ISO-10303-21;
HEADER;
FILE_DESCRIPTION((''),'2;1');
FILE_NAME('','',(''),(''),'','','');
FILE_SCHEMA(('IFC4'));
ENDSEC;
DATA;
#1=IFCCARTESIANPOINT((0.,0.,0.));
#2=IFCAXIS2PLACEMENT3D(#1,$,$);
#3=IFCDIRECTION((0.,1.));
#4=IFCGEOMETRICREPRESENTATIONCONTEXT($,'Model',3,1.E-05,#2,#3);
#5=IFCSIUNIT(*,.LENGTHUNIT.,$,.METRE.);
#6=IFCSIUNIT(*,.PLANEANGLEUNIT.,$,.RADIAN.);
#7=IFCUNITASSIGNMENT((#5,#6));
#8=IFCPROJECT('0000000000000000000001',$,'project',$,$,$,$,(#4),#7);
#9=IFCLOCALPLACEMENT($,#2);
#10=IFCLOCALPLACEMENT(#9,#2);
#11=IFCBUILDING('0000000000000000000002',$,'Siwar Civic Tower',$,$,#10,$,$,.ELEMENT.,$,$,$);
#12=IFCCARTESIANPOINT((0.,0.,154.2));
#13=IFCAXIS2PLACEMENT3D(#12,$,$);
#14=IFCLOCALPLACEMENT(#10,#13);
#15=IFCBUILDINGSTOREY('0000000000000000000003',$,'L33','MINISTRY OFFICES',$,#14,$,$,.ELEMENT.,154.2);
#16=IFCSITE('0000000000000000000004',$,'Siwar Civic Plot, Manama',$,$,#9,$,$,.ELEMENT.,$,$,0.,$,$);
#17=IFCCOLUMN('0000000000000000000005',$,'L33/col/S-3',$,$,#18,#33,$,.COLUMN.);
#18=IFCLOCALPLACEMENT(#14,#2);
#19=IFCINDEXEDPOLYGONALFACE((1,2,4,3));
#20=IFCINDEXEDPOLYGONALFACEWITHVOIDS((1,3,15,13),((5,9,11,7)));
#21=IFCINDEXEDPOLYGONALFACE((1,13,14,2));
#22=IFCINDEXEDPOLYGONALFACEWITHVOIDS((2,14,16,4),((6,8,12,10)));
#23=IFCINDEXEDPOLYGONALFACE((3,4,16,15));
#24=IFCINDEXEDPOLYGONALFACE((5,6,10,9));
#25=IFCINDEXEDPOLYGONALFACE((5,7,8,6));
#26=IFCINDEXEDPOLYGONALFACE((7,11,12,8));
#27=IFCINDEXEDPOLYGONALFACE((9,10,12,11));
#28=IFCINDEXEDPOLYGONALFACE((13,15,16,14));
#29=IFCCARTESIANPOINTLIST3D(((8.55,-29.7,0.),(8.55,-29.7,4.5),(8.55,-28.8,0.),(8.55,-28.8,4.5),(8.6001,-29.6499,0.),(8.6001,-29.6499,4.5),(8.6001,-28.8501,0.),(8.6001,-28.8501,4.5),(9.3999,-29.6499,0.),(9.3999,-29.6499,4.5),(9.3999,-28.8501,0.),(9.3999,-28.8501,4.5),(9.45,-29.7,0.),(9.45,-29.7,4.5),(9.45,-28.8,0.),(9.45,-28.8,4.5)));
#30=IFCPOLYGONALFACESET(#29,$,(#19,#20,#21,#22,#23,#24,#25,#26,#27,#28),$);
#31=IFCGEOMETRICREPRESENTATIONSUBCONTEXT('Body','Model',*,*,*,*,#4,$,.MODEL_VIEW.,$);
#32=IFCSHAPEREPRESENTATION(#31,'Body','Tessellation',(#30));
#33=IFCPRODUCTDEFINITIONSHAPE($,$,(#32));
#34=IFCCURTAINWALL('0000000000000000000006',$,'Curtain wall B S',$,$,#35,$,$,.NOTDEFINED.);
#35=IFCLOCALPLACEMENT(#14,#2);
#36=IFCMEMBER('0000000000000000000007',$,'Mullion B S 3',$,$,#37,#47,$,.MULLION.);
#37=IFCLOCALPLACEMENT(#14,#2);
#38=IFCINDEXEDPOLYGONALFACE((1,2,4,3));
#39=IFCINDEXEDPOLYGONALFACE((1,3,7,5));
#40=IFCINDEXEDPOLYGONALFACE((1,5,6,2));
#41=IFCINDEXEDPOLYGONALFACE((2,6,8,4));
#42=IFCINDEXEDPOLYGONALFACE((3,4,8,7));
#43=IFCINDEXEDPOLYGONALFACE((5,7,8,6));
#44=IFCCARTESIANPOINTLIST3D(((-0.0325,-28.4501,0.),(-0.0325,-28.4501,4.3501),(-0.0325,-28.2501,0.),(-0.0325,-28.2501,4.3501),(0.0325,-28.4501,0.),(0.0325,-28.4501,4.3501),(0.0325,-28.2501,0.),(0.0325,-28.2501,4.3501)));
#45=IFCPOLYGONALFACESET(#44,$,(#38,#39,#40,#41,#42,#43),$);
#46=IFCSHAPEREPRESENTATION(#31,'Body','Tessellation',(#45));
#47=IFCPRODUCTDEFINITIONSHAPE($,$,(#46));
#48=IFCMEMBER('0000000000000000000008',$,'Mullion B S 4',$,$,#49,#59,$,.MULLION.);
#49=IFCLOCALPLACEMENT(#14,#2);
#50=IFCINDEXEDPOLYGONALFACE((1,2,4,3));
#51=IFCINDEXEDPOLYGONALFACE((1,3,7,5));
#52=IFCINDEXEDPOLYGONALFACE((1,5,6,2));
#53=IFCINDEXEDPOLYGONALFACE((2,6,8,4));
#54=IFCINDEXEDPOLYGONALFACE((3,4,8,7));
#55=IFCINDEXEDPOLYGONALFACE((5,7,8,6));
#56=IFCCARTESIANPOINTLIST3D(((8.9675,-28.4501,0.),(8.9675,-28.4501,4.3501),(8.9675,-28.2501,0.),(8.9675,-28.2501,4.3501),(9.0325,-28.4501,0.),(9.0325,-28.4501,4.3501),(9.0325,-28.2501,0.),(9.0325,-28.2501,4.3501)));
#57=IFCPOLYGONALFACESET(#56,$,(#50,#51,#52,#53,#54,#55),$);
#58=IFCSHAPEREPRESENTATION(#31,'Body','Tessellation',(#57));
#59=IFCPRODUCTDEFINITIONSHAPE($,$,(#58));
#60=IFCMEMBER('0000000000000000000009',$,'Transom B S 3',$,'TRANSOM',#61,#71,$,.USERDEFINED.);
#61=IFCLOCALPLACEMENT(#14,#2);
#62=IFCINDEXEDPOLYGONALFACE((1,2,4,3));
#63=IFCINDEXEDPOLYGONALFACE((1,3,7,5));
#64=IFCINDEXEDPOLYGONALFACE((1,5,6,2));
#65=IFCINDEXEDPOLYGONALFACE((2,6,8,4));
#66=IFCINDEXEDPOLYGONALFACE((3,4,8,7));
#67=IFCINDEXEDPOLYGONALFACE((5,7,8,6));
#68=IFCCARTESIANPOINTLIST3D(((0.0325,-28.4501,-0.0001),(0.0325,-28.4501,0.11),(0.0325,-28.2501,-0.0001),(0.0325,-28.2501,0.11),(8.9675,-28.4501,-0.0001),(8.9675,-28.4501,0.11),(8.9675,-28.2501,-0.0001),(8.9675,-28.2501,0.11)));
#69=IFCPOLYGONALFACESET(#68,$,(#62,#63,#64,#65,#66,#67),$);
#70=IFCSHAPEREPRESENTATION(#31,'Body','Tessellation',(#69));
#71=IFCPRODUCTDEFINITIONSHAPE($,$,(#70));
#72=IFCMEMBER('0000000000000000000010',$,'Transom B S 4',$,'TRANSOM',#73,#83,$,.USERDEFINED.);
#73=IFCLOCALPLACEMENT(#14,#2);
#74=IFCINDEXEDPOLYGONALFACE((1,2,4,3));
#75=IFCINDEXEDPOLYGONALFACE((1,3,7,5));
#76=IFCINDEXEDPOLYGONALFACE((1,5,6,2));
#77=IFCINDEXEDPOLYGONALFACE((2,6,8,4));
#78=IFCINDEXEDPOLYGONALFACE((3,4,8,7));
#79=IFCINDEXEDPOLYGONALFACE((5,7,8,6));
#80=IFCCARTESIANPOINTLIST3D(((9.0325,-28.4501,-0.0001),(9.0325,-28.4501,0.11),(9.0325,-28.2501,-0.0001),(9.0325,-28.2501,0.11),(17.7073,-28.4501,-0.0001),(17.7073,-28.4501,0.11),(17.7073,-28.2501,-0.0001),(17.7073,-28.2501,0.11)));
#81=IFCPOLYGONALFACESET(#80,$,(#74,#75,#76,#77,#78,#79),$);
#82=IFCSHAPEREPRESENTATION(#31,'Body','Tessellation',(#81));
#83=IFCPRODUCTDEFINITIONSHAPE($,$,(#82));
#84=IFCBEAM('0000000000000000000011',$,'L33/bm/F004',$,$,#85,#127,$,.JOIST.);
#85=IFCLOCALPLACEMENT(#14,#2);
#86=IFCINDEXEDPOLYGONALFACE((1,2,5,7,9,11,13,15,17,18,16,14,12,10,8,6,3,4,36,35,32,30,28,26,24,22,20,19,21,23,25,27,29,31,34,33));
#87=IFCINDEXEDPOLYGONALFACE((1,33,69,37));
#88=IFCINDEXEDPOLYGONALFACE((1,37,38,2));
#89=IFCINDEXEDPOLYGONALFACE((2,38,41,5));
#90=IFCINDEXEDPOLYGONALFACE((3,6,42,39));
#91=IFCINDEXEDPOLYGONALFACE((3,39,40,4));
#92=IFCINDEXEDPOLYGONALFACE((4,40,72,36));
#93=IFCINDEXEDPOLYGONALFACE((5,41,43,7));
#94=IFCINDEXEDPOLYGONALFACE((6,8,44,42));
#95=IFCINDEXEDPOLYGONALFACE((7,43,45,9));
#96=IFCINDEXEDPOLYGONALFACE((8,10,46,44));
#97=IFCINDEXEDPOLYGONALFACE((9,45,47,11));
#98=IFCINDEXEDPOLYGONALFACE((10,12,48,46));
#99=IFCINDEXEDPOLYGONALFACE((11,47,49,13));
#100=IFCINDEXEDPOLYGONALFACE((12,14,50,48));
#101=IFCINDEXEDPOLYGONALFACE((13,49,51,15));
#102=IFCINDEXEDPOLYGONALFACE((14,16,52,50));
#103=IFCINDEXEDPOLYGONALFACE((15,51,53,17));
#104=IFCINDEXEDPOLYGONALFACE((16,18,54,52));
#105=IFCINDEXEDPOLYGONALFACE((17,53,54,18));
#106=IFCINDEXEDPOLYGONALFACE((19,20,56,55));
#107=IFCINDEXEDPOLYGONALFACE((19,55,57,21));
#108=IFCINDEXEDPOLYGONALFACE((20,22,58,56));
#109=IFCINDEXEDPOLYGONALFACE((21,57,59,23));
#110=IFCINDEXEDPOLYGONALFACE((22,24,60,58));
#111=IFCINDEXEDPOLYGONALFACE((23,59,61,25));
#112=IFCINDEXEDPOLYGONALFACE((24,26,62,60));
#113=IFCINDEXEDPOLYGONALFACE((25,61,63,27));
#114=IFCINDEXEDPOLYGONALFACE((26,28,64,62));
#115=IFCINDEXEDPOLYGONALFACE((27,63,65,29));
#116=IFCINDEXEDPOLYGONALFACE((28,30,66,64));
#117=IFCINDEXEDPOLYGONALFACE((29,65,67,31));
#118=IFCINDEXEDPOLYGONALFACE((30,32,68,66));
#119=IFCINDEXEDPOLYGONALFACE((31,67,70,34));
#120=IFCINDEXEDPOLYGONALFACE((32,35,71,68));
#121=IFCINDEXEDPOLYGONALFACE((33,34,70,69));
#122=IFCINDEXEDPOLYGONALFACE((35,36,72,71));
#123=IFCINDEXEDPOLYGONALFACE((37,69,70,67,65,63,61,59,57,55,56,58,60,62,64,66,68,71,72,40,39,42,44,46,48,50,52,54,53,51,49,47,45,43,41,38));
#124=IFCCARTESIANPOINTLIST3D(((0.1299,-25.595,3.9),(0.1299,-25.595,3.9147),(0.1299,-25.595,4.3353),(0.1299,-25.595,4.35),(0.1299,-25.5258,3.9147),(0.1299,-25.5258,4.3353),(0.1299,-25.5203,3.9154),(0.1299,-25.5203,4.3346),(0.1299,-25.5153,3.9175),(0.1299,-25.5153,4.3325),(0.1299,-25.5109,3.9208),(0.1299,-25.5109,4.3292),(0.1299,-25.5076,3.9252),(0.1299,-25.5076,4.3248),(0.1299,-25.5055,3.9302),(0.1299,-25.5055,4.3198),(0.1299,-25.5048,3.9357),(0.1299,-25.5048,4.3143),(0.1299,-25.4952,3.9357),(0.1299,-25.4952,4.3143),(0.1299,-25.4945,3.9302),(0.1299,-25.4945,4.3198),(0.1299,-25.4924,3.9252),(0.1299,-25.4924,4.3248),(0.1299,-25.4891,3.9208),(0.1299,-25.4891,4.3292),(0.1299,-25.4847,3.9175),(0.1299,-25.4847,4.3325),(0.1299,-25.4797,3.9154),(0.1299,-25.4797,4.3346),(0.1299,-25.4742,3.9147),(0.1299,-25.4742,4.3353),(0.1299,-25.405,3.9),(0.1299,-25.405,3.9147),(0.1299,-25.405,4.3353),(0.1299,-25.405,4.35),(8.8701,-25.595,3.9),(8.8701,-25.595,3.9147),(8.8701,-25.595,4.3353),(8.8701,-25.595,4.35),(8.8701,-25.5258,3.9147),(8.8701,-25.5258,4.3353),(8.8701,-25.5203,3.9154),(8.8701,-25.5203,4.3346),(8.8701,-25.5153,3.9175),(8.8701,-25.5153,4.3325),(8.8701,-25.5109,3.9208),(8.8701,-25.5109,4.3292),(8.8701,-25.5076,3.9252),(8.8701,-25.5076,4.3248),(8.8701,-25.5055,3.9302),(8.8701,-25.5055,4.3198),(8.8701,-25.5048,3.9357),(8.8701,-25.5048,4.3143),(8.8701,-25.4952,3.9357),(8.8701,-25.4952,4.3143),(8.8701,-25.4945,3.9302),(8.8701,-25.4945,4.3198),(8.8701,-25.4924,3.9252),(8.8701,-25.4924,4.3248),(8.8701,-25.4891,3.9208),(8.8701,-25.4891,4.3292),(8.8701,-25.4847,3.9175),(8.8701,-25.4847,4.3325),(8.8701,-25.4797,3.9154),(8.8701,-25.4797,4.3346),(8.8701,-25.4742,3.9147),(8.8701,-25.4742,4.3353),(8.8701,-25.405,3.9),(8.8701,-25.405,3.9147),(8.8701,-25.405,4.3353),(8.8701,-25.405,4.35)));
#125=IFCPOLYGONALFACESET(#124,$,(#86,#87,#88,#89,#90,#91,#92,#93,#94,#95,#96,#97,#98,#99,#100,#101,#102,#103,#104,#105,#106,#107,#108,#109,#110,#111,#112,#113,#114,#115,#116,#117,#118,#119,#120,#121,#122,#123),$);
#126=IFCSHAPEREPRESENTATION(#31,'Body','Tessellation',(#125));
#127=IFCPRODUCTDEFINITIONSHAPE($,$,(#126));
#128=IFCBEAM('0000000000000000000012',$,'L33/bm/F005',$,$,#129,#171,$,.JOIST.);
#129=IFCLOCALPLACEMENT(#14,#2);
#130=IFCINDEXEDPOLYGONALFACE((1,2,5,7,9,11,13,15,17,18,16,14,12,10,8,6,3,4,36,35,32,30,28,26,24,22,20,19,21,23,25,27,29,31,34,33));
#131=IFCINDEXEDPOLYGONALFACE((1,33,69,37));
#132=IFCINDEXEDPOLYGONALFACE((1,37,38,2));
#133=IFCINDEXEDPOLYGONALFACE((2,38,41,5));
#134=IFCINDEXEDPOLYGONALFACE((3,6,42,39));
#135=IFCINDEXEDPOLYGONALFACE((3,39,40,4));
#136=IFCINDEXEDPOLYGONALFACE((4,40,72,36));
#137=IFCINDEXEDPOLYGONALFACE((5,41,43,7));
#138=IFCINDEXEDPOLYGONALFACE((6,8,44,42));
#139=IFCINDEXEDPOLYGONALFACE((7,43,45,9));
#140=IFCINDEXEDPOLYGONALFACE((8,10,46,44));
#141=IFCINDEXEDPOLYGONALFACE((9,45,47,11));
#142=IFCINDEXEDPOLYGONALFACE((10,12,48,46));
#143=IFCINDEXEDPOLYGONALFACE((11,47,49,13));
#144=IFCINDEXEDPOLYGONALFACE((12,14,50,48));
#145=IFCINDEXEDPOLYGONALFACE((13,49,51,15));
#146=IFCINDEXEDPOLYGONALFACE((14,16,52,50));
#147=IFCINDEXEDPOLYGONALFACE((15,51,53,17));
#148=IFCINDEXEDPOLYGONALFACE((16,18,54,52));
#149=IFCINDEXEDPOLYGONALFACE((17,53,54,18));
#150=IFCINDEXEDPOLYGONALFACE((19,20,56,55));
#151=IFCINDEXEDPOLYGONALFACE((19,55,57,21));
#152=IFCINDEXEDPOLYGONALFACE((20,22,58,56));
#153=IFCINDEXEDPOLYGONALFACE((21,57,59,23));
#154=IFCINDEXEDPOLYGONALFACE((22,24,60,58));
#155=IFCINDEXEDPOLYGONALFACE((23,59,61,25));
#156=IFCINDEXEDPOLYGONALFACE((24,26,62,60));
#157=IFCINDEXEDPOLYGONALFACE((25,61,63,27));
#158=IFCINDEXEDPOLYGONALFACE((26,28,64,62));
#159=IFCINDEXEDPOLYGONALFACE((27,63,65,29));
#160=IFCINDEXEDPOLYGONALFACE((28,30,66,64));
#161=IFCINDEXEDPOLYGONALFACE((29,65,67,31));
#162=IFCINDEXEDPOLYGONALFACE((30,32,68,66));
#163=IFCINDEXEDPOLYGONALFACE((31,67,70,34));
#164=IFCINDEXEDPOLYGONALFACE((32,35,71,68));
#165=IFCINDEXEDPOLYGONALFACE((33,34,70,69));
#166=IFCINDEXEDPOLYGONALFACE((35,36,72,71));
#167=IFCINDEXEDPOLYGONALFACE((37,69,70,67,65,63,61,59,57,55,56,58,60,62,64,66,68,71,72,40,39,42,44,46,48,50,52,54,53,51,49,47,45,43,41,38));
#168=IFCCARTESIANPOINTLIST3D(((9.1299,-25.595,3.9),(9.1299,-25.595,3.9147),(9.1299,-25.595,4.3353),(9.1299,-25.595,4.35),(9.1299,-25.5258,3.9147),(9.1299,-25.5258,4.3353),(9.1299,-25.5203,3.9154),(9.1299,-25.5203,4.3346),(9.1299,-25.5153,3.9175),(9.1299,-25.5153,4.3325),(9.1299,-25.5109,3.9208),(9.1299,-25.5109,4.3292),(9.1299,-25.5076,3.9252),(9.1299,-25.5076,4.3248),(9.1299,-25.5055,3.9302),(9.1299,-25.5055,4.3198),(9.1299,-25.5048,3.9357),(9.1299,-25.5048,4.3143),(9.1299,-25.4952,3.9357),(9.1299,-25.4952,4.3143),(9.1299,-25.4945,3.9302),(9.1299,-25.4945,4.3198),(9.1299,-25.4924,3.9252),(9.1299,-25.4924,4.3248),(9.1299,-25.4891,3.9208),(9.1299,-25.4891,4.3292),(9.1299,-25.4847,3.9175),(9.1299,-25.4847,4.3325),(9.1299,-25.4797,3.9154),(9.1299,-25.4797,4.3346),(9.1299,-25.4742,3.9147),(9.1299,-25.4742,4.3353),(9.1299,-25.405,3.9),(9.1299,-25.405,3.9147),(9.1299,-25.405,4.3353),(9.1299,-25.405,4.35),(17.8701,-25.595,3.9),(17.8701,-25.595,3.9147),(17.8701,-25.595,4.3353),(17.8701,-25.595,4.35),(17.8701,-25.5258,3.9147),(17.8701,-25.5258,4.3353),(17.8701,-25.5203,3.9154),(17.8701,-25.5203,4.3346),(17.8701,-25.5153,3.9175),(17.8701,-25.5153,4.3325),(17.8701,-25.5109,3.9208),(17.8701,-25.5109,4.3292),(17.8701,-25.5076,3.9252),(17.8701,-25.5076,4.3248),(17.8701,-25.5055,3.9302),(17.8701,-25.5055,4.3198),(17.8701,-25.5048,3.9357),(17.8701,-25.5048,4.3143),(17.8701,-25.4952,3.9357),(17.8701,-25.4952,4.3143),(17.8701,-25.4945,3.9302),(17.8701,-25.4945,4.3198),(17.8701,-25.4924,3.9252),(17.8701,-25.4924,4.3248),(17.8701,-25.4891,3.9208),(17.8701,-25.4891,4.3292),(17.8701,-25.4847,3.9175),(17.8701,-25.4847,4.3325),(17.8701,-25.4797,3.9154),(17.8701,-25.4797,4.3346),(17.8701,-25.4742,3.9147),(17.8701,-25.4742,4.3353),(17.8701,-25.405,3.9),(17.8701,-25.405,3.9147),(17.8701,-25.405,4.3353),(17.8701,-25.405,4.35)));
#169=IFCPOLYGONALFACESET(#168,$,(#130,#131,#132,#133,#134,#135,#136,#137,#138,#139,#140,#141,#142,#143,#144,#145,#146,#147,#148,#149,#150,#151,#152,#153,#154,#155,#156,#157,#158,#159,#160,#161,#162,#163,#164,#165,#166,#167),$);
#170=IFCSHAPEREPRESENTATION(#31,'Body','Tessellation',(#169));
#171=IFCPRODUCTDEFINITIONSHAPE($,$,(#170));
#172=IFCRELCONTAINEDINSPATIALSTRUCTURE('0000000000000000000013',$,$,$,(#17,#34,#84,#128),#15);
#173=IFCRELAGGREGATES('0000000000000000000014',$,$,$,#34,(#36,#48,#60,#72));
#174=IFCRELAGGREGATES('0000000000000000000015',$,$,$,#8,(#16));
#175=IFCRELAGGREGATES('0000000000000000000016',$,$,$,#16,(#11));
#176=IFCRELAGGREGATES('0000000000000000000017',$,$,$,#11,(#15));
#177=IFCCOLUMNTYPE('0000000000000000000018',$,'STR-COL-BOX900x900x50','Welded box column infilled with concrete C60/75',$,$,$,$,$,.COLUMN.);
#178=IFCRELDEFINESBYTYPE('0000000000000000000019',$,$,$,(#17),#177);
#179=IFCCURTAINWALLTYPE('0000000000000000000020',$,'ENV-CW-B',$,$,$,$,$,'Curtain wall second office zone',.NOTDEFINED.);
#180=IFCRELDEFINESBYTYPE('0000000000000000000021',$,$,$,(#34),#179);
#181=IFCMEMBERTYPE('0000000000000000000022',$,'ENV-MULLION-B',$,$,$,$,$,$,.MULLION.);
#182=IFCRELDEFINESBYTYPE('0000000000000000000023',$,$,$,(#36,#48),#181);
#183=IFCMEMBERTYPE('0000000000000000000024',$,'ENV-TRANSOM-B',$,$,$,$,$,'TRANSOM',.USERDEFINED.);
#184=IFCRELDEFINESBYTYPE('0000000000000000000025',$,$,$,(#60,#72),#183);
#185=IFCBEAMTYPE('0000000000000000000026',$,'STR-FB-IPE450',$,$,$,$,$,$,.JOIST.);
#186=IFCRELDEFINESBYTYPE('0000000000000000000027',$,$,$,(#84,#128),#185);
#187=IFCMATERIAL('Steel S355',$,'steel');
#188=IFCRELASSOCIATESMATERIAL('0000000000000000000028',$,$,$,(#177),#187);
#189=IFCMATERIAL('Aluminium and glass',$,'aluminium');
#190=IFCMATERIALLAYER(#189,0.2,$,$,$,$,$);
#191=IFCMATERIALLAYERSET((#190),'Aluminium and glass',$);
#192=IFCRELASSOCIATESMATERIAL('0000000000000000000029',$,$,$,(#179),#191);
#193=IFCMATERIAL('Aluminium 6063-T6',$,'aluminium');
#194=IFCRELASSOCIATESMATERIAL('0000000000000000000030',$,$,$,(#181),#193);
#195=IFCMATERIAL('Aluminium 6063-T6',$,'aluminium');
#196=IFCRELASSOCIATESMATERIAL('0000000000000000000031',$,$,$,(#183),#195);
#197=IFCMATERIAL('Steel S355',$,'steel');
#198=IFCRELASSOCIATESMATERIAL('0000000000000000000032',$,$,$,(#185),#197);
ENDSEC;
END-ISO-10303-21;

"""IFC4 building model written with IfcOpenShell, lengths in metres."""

from ifc_helpers import new_model, si_unit, direction, frame, origin, origin_2d, place, context, subcontext, project, spatial, rectangle, hollow_rectangle, i_section, extrude, material, layer, layer_set, material_profile, profile_set, type_object, element, aggregate, save


model = new_model("IFC4")

# Units and contexts
model_context = context("Model", 3, precision=1e-05, world=origin(), true_north=direction((0.0, 1.0)))
body_context = subcontext(model_context, "Body", "Model", "MODEL_VIEW")
ifc_project = project(units=[si_unit("LENGTHUNIT", "METRE"), si_unit("PLANEANGLEUNIT", "RADIAN")], contexts=[model_context])

# Site, building, storey
site_placement = place(None, origin())
site = spatial("IfcSite", under=ifc_project, at=site_placement, Name="Siwar Civic Plot, Manama", CompositionType="ELEMENT", RefElevation=0.0)
building_placement = place(site_placement, origin())
building = spatial("IfcBuilding", under=site, at=building_placement, Name="Siwar Civic Tower", CompositionType="ELEMENT")
storey_placement = place(building_placement, frame((0.0, 0.0, 154.2)))
storey = spatial("IfcBuildingStorey", under=building, at=storey_placement, Name="L33", Description="MINISTRY OFFICES", CompositionType="ELEMENT", Elevation=154.2)

# Column
ifc_material_1 = material(Name="Steel S355", Category="steel")
ifc_material_profile_1 = material_profile(ifc_material_1, hollow_rectangle(XDim=0.8999, YDim=0.8999, WallThickness=0.05, at=origin_2d()), Name="BOX900x900x50")
ifc_profile_set_1 = profile_set([ifc_material_profile_1], Name="Steel S355")
column_type = type_object("IfcColumnType", Name="STR-COL-BOX900x900x50", Description="Welded box column infilled with concrete C60/75", PredefinedType="COLUMN", material=ifc_profile_set_1)
column_placement = place(storey_placement, frame((9.0, -29.25, 0.0), z_axis=(0.0, 0.0, 1.0), x_axis=(1.0, 0.0, 0.0)))
element("IfcColumn", 1, at=column_placement, inside=storey, type_object=column_type, Name="L33/col/S-3", PredefinedType="COLUMN", context=body_context, shape_type="SweptSolid", body=[
    extrude(hollow_rectangle(XDim=0.8999, YDim=0.8999, WallThickness=0.05, at=origin_2d()), origin(), (0.0, 0.0, 1.0), 4.5),
])

# Curtain wall, members
ifc_material_2 = material(Name="Aluminium and glass", Category="aluminium")
ifc_layer_1 = layer(ifc_material_2, 0.2)
ifc_layer_set_1 = layer_set([ifc_layer_1], Name="Aluminium and glass")
curtain_wall_type = type_object("IfcCurtainWallType", Name="ENV-CW-B", ElementType="Curtain wall second office zone", PredefinedType="NOTDEFINED", material=ifc_layer_set_1)
curtain_wall_placement = place(storey_placement, origin())
curtain_wall = element("IfcCurtainWall", 2, at=curtain_wall_placement, inside=storey, type_object=curtain_wall_type, Name="Curtain wall B S", PredefinedType="NOTDEFINED")
ifc_material_3 = material(Name="Aluminium 6063-T6", Category="aluminium")
ifc_material_profile_2 = material_profile(ifc_material_3, rectangle(XDim=0.2, YDim=0.0649, at=origin_2d()), Name="AL 200x65")
ifc_profile_set_2 = profile_set([ifc_material_profile_2], Name="Aluminium 6063-T6")
member_type_1 = type_object("IfcMemberType", Name="ENV-MULLION-B", PredefinedType="MULLION", material=ifc_profile_set_2)
member_1_placement = place(storey_placement, frame((0.0, -28.3501, 0.0), z_axis=(0.0, 0.0, 1.0), x_axis=(0.0, 1.0, 0.0)))
member_1 = element("IfcMember", 3, at=member_1_placement, type_object=member_type_1, Name="Mullion B S 3", PredefinedType="MULLION", context=body_context, shape_type="SweptSolid", body=[
    extrude(rectangle(XDim=0.2, YDim=0.0649, at=origin_2d()), origin(), (0.0, 0.0, 1.0), 4.3501),
])
member_2_placement = place(storey_placement, frame((9.0, -28.3501, 0.0), z_axis=(0.0, 0.0, 1.0), x_axis=(0.0, 1.0, 0.0)))
member_2 = element("IfcMember", 4, at=member_2_placement, type_object=member_type_1, Name="Mullion B S 4", PredefinedType="MULLION", context=body_context, shape_type="SweptSolid", body=[
    extrude(rectangle(XDim=0.2, YDim=0.0649, at=origin_2d()), origin(), (0.0, 0.0, 1.0), 4.3501),
])
ifc_material_4 = material(Name="Aluminium 6063-T6", Category="aluminium")
ifc_material_profile_3 = material_profile(ifc_material_4, rectangle(XDim=0.2, YDim=0.1101, at=origin_2d()), Name="AL 200x110")
ifc_profile_set_3 = profile_set([ifc_material_profile_3], Name="Aluminium 6063-T6")
member_type_2 = type_object("IfcMemberType", Name="ENV-TRANSOM-B", ElementType="TRANSOM", PredefinedType="USERDEFINED", material=ifc_profile_set_3)
member_3_placement = place(storey_placement, frame((0.0325, -28.3501, 0.0549), z_axis=(1.0, 0.0, 0.0), x_axis=(0.0, 1.0, 0.0)))
member_3 = element("IfcMember", 5, at=member_3_placement, type_object=member_type_2, Name="Transom B S 3", ObjectType="TRANSOM", PredefinedType="USERDEFINED", context=body_context, shape_type="SweptSolid", body=[
    extrude(rectangle(XDim=0.2, YDim=0.1101, at=origin_2d()), origin(), (0.0, 0.0, 1.0), 8.9351),
])
member_4_placement = place(storey_placement, frame((9.0325, -28.3501, 0.0549), z_axis=(1.0, 0.0, 0.0), x_axis=(0.0, 1.0, 0.0)))
member_4 = element("IfcMember", 6, at=member_4_placement, type_object=member_type_2, Name="Transom B S 4", ObjectType="TRANSOM", PredefinedType="USERDEFINED", context=body_context, shape_type="SweptSolid", body=[
    extrude(rectangle(XDim=0.2, YDim=0.1101, at=origin_2d()), origin(), (0.0, 0.0, 1.0), 8.6748),
])

# Beams
ifc_material_5 = material(Name="Steel S355", Category="steel")
ifc_material_profile_4 = material_profile(ifc_material_5, i_section(OverallWidth=0.1899, OverallDepth=0.45, WebThickness=0.0095, FlangeThickness=0.0146, FilletRadius=0.021, at=origin_2d()), Name="IPE450")
ifc_profile_set_4 = profile_set([ifc_material_profile_4], Name="Steel S355")
beam_type_1 = type_object("IfcBeamType", Name="STR-FB-IPE450", PredefinedType="JOIST", material=ifc_profile_set_4)
for number, where, z_axis, x_axis, name in (
    (7, (0.1299, -25.5, 4.125), (1.0, 0.0, 0.0), (0.0, 1.0, 0.0), "L33/bm/F004"),
    (8, (9.1299, -25.5, 4.125), (1.0, 0.0, 0.0), (0.0, 1.0, 0.0), "L33/bm/F005"),
):
    element("IfcBeam", number, at=place(storey_placement, frame(where, z_axis=z_axis, x_axis=x_axis)), inside=storey, type_object=beam_type_1, Name=name, PredefinedType="JOIST", context=body_context, shape_type="SweptSolid", body=[
        extrude(i_section(OverallWidth=0.1899, OverallDepth=0.45, WebThickness=0.0095, FlangeThickness=0.0146, FilletRadius=0.021, at=origin_2d()), origin(), (0.0, 0.0, 1.0), 8.7402),
    ])

aggregate(curtain_wall, [member_1, member_2, member_3, member_4])

save(model, "model.ifc")
